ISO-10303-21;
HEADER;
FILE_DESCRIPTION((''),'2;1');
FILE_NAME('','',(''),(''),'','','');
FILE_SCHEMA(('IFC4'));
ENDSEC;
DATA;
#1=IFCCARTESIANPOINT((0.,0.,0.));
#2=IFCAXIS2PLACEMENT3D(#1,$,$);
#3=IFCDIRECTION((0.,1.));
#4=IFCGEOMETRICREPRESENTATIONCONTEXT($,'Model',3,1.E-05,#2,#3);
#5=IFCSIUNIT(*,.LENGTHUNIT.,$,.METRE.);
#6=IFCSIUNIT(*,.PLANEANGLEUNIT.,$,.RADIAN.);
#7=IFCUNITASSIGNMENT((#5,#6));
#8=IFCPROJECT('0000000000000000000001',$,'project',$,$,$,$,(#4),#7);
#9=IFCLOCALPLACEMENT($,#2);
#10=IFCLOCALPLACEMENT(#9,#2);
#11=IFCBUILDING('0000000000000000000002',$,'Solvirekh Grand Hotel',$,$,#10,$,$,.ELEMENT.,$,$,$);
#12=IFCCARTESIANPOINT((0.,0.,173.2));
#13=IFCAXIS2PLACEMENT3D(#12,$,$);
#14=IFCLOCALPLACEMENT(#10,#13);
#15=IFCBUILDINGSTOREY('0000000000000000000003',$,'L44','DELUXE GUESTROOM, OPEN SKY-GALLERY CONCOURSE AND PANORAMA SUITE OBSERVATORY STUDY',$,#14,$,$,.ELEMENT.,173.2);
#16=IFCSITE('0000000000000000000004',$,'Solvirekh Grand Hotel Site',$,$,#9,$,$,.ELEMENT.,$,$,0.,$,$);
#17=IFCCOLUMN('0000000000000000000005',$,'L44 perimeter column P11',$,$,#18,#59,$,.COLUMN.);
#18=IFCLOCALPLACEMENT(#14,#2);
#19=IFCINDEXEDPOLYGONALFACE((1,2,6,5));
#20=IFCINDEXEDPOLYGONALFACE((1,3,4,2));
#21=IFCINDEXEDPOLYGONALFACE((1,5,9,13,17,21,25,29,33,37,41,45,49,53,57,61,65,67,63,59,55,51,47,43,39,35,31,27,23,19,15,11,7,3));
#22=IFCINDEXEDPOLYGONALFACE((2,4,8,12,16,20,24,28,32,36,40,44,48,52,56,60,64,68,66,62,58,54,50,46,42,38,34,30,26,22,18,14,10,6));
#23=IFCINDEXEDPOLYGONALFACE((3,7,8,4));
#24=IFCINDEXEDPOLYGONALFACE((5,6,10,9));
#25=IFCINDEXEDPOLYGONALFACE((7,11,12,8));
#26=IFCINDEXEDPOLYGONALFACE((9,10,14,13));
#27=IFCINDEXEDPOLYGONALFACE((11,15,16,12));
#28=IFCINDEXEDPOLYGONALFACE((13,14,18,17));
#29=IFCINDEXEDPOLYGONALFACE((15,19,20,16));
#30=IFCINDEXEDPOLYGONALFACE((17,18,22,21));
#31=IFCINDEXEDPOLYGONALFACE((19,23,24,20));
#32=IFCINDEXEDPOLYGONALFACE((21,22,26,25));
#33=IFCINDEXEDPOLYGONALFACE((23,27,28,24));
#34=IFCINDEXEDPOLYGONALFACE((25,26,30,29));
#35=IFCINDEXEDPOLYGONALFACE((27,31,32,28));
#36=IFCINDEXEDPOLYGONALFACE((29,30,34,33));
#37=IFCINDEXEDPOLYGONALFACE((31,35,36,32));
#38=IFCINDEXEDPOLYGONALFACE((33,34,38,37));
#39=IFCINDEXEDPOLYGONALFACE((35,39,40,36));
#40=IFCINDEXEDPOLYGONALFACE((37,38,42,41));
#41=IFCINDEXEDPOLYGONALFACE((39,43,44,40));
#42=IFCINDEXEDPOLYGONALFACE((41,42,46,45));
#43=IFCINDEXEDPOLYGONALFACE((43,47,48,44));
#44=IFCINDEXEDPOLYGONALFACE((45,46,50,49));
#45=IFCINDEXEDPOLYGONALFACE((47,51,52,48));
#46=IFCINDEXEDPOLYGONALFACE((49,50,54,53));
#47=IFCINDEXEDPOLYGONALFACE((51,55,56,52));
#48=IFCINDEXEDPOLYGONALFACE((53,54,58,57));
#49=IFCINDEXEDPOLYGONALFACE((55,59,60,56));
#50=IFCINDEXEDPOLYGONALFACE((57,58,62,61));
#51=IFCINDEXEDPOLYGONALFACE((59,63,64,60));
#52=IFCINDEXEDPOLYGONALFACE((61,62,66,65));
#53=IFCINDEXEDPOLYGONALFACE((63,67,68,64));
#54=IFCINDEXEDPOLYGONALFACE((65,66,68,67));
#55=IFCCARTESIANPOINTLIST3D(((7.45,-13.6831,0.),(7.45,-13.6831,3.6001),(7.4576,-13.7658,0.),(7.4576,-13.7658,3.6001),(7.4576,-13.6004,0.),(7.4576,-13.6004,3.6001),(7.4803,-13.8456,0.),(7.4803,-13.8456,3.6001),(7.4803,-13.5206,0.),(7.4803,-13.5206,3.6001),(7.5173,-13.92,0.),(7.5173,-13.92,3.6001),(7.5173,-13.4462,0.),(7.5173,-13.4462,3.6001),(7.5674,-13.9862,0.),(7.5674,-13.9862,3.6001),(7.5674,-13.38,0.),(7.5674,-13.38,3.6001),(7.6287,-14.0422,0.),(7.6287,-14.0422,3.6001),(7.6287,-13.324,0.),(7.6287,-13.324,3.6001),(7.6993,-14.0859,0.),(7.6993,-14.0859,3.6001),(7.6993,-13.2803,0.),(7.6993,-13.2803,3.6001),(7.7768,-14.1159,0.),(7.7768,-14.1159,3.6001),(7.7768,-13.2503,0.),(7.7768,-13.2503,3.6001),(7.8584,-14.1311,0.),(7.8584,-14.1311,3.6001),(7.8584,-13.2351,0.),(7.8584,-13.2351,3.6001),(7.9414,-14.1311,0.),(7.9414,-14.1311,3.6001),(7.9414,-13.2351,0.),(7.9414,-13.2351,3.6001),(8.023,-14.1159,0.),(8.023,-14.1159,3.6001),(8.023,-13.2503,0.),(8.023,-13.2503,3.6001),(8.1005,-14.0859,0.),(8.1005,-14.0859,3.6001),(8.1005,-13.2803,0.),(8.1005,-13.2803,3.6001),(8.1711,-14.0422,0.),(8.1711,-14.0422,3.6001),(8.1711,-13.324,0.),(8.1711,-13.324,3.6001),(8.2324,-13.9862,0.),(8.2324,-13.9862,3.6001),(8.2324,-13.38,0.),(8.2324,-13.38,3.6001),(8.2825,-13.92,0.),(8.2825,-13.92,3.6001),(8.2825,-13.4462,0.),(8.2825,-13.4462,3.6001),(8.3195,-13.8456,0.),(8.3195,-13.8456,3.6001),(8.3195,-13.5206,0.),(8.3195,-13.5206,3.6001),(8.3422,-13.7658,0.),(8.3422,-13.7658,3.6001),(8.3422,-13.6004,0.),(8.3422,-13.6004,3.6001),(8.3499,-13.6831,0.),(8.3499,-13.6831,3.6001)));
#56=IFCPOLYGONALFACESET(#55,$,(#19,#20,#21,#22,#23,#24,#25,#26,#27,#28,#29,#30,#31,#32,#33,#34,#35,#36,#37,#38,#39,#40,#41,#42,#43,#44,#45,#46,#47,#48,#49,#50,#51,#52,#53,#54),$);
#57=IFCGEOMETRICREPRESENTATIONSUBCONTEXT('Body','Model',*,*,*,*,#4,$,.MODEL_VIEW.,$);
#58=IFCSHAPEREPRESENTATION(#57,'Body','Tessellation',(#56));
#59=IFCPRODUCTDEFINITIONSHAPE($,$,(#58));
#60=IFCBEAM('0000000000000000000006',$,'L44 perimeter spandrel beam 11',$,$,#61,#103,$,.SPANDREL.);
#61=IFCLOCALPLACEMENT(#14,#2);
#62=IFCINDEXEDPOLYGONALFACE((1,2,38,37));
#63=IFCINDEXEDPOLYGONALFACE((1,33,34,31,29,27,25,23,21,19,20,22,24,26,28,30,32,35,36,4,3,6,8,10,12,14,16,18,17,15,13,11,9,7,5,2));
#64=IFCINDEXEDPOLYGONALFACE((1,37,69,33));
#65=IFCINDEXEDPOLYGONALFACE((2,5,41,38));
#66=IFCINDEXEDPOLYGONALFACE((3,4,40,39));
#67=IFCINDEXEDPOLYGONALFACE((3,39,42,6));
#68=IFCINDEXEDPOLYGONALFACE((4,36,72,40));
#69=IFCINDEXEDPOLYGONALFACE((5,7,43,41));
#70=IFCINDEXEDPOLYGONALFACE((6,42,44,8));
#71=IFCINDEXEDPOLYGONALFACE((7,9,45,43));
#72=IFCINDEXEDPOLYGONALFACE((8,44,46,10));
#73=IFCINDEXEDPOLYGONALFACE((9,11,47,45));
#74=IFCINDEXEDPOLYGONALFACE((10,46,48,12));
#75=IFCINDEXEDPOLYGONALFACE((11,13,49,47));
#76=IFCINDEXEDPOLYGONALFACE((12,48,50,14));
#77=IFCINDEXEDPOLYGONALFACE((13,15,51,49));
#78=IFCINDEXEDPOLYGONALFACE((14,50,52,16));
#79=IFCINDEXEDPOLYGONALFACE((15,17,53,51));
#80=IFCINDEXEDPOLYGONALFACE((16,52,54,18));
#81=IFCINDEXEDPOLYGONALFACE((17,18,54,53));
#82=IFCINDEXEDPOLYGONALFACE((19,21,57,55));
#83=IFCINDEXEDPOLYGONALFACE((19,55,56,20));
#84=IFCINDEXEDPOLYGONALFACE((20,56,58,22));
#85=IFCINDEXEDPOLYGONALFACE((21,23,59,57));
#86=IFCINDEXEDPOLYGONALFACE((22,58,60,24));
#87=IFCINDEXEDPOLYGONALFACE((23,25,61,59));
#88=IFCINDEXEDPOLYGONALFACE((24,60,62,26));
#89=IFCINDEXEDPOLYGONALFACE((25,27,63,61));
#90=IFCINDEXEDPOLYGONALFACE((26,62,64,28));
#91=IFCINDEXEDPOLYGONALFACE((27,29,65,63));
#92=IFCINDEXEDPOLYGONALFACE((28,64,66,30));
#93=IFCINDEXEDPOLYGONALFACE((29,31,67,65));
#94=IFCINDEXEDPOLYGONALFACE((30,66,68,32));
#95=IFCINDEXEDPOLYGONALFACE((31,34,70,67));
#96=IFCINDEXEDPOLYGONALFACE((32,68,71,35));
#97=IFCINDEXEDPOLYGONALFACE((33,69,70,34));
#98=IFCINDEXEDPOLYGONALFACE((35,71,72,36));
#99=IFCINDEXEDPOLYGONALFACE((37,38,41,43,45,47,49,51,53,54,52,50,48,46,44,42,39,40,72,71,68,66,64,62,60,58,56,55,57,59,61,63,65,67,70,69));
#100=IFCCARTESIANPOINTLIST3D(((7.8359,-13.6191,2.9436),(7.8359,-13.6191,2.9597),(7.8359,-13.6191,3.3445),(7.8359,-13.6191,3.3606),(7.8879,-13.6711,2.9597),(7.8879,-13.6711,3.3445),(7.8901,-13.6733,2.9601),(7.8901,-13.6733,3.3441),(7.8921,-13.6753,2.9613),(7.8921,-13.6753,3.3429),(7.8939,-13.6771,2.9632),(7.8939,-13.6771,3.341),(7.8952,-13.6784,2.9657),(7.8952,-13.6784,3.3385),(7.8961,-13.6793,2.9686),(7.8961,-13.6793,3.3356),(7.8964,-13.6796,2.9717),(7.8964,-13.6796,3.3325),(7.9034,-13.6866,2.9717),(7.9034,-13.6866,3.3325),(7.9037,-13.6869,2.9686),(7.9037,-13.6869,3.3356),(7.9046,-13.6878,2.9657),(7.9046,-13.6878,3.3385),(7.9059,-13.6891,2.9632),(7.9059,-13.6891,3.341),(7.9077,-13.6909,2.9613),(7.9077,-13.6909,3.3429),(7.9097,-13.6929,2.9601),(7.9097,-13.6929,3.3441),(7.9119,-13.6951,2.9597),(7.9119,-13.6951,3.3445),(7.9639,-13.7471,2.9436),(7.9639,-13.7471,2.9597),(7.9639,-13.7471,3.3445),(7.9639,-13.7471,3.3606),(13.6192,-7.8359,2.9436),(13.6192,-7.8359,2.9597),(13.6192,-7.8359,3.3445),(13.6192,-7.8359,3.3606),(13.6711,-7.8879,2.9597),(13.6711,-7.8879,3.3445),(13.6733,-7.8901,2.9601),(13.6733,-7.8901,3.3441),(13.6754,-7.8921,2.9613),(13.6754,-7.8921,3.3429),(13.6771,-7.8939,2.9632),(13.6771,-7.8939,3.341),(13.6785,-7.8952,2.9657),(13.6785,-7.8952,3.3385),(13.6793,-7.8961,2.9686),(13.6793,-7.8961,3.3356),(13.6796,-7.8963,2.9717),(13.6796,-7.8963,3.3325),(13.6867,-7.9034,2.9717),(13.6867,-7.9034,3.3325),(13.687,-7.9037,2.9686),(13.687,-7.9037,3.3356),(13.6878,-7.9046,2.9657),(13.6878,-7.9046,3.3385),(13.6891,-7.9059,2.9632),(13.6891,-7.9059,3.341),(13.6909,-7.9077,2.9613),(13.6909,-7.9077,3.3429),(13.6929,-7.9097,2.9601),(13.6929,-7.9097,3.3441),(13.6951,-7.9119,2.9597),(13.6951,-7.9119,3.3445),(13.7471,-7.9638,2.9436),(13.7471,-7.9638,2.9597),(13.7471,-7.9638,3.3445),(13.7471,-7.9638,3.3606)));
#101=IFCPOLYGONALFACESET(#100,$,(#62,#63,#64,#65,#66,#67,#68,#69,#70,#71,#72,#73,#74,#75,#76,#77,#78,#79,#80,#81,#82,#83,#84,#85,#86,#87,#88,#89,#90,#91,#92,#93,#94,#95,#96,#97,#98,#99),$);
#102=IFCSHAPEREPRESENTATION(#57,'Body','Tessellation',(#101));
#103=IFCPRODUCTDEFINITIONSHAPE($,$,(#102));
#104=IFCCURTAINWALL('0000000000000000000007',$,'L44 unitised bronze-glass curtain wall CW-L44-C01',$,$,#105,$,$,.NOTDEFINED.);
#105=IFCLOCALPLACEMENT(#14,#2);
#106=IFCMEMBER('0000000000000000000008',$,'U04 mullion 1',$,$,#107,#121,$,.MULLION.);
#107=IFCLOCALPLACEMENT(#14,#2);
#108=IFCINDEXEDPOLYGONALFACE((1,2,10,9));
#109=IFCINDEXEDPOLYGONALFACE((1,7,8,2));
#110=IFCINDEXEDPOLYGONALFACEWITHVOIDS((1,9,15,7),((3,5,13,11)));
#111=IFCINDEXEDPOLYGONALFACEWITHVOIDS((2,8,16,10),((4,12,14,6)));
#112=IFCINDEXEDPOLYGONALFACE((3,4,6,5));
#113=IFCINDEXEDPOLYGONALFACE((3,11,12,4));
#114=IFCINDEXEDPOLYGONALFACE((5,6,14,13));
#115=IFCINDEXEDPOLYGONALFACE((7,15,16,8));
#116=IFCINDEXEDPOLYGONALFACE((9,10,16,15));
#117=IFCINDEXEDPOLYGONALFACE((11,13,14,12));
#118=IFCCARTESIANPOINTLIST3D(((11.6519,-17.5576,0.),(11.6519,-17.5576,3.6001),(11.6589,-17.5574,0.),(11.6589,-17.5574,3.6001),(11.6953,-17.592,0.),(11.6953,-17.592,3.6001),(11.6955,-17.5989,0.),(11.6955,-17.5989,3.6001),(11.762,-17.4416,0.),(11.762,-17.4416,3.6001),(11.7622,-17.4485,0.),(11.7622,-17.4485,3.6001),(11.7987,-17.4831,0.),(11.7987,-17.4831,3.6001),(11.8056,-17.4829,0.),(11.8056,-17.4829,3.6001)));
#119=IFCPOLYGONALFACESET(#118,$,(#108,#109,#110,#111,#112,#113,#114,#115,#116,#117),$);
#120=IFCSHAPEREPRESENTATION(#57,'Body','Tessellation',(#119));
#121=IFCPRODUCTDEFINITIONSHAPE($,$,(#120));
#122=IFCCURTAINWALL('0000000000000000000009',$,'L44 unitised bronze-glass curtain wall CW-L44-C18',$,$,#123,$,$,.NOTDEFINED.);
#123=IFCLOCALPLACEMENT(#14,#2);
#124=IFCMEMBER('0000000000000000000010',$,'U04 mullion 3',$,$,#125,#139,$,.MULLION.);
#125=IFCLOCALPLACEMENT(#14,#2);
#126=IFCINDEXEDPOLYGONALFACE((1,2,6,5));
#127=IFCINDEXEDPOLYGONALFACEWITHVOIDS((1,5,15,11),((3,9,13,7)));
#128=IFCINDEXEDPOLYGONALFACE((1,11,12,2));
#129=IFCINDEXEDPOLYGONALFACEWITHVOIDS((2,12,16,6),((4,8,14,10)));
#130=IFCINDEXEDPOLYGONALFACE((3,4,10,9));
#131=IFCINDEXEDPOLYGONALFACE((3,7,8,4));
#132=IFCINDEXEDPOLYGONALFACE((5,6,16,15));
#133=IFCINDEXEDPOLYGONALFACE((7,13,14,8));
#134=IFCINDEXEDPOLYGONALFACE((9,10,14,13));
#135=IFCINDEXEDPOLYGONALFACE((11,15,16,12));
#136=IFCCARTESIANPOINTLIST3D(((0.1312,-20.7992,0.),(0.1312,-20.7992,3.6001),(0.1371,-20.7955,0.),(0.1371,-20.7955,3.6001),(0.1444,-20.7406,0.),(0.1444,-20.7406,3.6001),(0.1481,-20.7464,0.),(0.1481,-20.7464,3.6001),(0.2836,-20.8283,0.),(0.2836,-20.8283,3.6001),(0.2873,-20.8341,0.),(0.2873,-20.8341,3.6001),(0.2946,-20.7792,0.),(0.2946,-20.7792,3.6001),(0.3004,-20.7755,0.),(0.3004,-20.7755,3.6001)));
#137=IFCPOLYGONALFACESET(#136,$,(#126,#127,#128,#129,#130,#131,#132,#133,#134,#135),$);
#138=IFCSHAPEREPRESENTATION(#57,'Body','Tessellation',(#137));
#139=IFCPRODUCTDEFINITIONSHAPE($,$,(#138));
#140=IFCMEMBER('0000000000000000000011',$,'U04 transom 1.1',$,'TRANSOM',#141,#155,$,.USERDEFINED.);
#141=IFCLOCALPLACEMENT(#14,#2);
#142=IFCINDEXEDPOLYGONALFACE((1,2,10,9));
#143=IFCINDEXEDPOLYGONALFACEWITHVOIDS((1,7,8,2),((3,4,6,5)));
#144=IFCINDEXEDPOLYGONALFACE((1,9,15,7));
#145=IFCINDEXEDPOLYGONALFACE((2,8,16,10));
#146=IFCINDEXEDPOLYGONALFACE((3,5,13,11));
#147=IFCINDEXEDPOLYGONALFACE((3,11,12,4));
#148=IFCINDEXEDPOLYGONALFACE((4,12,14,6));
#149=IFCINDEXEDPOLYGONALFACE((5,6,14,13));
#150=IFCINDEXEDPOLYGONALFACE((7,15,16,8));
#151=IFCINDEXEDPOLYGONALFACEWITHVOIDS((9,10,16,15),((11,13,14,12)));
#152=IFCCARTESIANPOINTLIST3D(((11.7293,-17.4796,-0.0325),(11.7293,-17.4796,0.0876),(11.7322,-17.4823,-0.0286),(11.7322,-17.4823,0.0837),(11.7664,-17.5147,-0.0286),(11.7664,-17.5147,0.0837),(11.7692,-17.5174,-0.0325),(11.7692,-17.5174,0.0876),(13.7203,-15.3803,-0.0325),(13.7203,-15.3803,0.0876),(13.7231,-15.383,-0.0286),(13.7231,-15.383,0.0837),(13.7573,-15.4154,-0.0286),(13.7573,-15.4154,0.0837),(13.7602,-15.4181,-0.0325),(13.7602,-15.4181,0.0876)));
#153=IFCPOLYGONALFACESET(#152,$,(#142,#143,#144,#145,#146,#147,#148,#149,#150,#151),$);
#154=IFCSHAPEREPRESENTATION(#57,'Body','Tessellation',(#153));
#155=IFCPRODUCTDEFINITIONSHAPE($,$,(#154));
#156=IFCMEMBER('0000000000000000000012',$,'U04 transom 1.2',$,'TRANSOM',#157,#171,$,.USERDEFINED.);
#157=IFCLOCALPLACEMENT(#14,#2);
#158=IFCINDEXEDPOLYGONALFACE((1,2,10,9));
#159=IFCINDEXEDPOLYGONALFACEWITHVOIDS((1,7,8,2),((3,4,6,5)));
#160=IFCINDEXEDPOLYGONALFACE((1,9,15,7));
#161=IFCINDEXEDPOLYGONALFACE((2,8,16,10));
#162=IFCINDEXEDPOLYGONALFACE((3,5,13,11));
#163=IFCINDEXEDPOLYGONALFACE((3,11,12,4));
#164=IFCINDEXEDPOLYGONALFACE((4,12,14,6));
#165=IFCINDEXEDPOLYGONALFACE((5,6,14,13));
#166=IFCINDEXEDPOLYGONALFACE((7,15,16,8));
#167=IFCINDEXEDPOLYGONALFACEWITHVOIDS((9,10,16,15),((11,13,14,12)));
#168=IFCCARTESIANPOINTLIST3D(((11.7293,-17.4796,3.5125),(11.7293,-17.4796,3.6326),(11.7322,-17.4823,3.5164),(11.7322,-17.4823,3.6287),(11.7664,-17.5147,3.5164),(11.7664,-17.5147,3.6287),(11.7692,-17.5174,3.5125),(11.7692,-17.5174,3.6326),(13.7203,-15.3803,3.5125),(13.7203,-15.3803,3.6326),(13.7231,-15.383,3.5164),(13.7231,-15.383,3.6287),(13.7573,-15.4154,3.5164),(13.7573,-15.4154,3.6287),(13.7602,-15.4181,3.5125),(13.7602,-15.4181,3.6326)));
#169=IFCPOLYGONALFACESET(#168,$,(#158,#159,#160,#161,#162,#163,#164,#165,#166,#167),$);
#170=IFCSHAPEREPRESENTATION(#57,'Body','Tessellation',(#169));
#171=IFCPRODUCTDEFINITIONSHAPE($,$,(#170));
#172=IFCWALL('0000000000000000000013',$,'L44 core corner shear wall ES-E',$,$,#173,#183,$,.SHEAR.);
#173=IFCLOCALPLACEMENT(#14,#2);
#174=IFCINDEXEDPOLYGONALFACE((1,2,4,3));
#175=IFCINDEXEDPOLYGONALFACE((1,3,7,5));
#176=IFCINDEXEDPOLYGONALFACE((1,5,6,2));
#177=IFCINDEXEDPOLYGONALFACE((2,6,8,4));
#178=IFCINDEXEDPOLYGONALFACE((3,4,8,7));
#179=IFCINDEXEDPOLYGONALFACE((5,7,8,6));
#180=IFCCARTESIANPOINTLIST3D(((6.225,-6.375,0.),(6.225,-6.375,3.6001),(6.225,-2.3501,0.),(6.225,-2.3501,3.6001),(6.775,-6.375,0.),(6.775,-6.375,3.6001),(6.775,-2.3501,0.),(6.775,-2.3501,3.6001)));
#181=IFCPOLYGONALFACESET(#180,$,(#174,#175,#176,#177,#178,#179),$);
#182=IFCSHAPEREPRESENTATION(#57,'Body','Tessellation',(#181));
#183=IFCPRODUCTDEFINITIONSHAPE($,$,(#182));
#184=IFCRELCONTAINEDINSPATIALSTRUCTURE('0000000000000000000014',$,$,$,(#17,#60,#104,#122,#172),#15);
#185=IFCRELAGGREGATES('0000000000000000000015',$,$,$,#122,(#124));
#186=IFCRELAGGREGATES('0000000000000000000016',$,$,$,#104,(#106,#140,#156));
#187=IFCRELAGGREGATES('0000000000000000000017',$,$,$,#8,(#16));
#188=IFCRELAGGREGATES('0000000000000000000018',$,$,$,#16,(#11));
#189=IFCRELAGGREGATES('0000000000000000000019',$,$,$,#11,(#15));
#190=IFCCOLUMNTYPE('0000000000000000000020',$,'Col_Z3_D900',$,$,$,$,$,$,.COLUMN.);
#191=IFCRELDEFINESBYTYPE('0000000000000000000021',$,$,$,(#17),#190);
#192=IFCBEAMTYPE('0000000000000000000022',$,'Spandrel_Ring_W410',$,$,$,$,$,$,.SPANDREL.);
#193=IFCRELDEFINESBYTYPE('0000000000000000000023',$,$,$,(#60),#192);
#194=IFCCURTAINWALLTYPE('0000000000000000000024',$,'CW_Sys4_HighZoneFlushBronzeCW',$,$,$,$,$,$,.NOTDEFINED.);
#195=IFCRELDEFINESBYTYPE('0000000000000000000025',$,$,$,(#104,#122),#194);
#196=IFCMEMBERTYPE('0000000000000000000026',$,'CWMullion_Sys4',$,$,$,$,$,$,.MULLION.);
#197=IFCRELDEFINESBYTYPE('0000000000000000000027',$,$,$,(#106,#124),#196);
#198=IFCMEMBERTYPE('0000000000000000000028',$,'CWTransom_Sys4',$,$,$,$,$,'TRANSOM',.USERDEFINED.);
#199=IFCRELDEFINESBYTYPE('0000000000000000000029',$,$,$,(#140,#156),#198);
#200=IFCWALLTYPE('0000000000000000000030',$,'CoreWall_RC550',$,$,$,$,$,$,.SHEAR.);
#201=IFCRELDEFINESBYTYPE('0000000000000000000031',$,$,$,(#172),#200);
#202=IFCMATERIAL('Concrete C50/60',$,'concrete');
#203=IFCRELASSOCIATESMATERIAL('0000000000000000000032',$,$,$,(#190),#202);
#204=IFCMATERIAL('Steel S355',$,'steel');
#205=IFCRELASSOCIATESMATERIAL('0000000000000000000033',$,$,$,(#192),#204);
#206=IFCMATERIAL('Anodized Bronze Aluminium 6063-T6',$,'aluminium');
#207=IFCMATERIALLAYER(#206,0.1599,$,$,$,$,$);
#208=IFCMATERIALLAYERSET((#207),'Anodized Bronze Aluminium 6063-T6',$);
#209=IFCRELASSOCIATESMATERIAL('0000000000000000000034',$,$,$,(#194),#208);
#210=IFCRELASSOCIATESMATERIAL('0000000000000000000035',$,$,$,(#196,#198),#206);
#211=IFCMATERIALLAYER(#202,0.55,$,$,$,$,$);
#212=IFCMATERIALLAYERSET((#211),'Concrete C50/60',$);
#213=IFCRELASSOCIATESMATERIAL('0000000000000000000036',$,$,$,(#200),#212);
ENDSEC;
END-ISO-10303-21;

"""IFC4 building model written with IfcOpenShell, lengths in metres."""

from ifc_helpers import new_model, si_unit, direction, frame, frame_2d, origin, origin_2d, place, context, subcontext, project, spatial, rectangle, hollow_rectangle, circle, i_section, extrude, source, transform, mapped, material, layer, layer_set, material_profile, profile_set, type_object, element, aggregate, save


model = new_model("IFC4")

# Units and contexts
model_context = context("Model", 3, precision=1e-05, world=origin(), true_north=direction((0.0, 1.0)))
body_context = subcontext(model_context, "Body", "Model", "MODEL_VIEW")
ifc_project = project(units=[si_unit("LENGTHUNIT", "METRE"), si_unit("PLANEANGLEUNIT", "RADIAN")], contexts=[model_context])

# Site, building, storey
site_placement = place(None, origin())
site = spatial("IfcSite", under=ifc_project, at=site_placement, Name="Solvirekh Grand Hotel Site", CompositionType="ELEMENT", RefElevation=0.0)
building_placement = place(site_placement, origin())
building = spatial("IfcBuilding", under=site, at=building_placement, Name="Solvirekh Grand Hotel", CompositionType="ELEMENT")
storey_placement = place(building_placement, frame((0.0, 0.0, 173.2)))
storey = spatial("IfcBuildingStorey", under=building, at=storey_placement, Name="L44", Description="DELUXE GUESTROOM, OPEN SKY-GALLERY CONCOURSE AND PANORAMA SUITE OBSERVATORY STUDY", CompositionType="ELEMENT", Elevation=173.2)

# Column
ifc_material_1 = material(Name="Concrete C50/60", Category="concrete")
ifc_material_profile_1 = material_profile(ifc_material_1, circle(Radius=0.45, at=origin_2d()), Name="RC CIRC D900")
ifc_profile_set_1 = profile_set([ifc_material_profile_1], Name="Concrete C50/60")
column_type = type_object("IfcColumnType", Name="Col_Z3_D900", PredefinedType="COLUMN", material=ifc_profile_set_1)
column_placement = place(storey_placement, frame((7.8999, -13.6831, 0.0), z_axis=(0.0, 0.0, 1.0), x_axis=(1.0, 0.0, 0.0)))
element("IfcColumn", 1, at=column_placement, inside=storey, type_object=column_type, Name="L44 perimeter column P11", PredefinedType="COLUMN", context=body_context, shape_type="SweptSolid", body=[
    extrude(circle(Radius=0.45, at=origin_2d()), origin(), (0.0, 0.0, 1.0), 3.6001),
])

# Beam
ifc_material_2 = material(Name="Steel S355", Category="steel")
ifc_material_profile_2 = material_profile(ifc_material_2, i_section(OverallWidth=0.1809, OverallDepth=0.417, WebThickness=0.01, FlangeThickness=0.0161, FilletRadius=0.012, at=origin_2d()), Name="W410X85")
ifc_profile_set_2 = profile_set([ifc_material_profile_2], Name="Steel S355")
beam_type = type_object("IfcBeamType", Name="Spandrel_Ring_W410", PredefinedType="SPANDREL", material=ifc_profile_set_2)
beam_placement = place(storey_placement, frame((7.8999, -13.6831, 3.1521), z_axis=(0.707107, 0.707107, 0.0), x_axis=(-0.707107, 0.707107, 0.0)))
element("IfcBeam", 2, at=beam_placement, inside=storey, type_object=beam_type, Name="L44 perimeter spandrel beam 11", PredefinedType="SPANDREL", context=body_context, shape_type="SweptSolid", body=[
    extrude(i_section(OverallWidth=0.1809, OverallDepth=0.417, WebThickness=0.01, FlangeThickness=0.0161, FilletRadius=0.012, at=origin_2d()), origin(), (0.0, 0.0, 1.0), 8.1787),
])

# Curtain walls, members
ifc_material_3 = material(Name="Anodized Bronze Aluminium 6063-T6", Category="aluminium")
ifc_layer_1 = layer(ifc_material_3, 0.1599)
ifc_layer_set_1 = layer_set([ifc_layer_1], Name="Anodized Bronze Aluminium 6063-T6")
curtain_wall_type = type_object("IfcCurtainWallType", Name="CW_Sys4_HighZoneFlushBronzeCW", PredefinedType="NOTDEFINED", material=ifc_layer_set_1)
curtain_wall_1_placement = place(storey_placement, origin())
curtain_wall_1 = element("IfcCurtainWall", 3, at=curtain_wall_1_placement, inside=storey, type_object=curtain_wall_type, Name="L44 unitised bronze-glass curtain wall CW-L44-C01", PredefinedType="NOTDEFINED")
ifc_material_profile_3 = material_profile(ifc_material_3, hollow_rectangle(XDim=0.0601, YDim=0.1599, WallThickness=0.0049, at=origin_2d()), Name="ALU RHS 160X60X5")
ifc_profile_set_3 = profile_set([ifc_material_profile_3], Name="Anodized Bronze Aluminium 6063-T6")
member_type_1 = type_object("IfcMemberType", Name="CWMullion_Sys4", PredefinedType="MULLION", material=ifc_profile_set_3)
shared_shape_1 = source(origin(), body_context, "Body", "SweptSolid", [
    extrude(hollow_rectangle(XDim=0.0601, YDim=0.1599, WallThickness=0.0049, at=origin_2d()), origin(), (0.0, 0.0, 1.0), 3.6001),
])
member_1_placement = place(storey_placement, frame((11.7288, -17.5203, 0.0), z_axis=(0.0, 0.0, 1.0), x_axis=(-0.725547, 0.688172, 0.0)))
member_1 = element("IfcMember", 4, at=member_1_placement, type_object=member_type_1, Name="U04 mullion 1", PredefinedType="MULLION", context=body_context, shape_type="MappedRepresentation", body=[
    mapped(shared_shape_1, transform((0.0, 0.0, 0.0), x_axis=(1.0, 0.0, 0.0), y_axis=(0.0, 1.0, 0.0), z_axis=(0.0, 0.0, 1.0), scale=1.0)),
])
curtain_wall_2_placement = place(storey_placement, origin())
curtain_wall_2 = element("IfcCurtainWall", 5, at=curtain_wall_2_placement, inside=storey, type_object=curtain_wall_type, Name="L44 unitised bronze-glass curtain wall CW-L44-C18", PredefinedType="NOTDEFINED")
member_2_placement = place(storey_placement, frame((0.2158, -20.7874, 0.0), z_axis=(0.0, 0.0, 1.0), x_axis=(0.218488, 0.97584, 0.0)))
member_2 = element("IfcMember", 6, at=member_2_placement, type_object=member_type_1, Name="U04 mullion 3", PredefinedType="MULLION", context=body_context, shape_type="MappedRepresentation", body=[
    mapped(shared_shape_1, transform((0.0, 0.0, 0.0), x_axis=(1.0, 0.0, 0.0), y_axis=(0.0, 1.0, 0.0), z_axis=(0.0, 0.0, 1.0), scale=1.0)),
])
aggregate(curtain_wall_2, [member_2])

# Members
ifc_material_profile_4 = material_profile(ifc_material_3, hollow_rectangle(XDim=0.0549, YDim=0.1201, WallThickness=0.0039, at=origin_2d()), Name="ALU RHS 120X55X4")
ifc_profile_set_4 = profile_set([ifc_material_profile_4], Name="Anodized Bronze Aluminium 6063-T6")
member_type_2 = type_object("IfcMemberType", Name="CWTransom_Sys4", ElementType="TRANSOM", PredefinedType="USERDEFINED", material=ifc_profile_set_4)
shared_shape_2 = source(origin(), body_context, "Body", "SweptSolid", [
    extrude(hollow_rectangle(XDim=0.0549, YDim=0.1201, WallThickness=0.0039, at=origin_2d()), origin(), (0.0, 0.0, 1.0), 2.8933),
])
member_3_placement = place(storey_placement, frame((11.7493, -17.4985, 0.0276), z_axis=(0.688126, 0.725591, 0.0), x_axis=(-0.725591, 0.688126, 0.0)))
member_3 = element("IfcMember", 7, at=member_3_placement, type_object=member_type_2, Name="U04 transom 1.1", ObjectType="TRANSOM", PredefinedType="USERDEFINED", context=body_context, shape_type="MappedRepresentation", body=[
    mapped(shared_shape_2, transform((0.0, 0.0, 0.0), x_axis=(1.0, 0.0, 0.0), y_axis=(0.0, 1.0, 0.0), z_axis=(0.0, 0.0, 1.0), scale=1.0)),
])
member_4_placement = place(storey_placement, frame((11.7493, -17.4985, 3.5725), z_axis=(0.688126, 0.725591, 0.0), x_axis=(-0.725591, 0.688126, 0.0)))
member_4 = element("IfcMember", 8, at=member_4_placement, type_object=member_type_2, Name="U04 transom 1.2", ObjectType="TRANSOM", PredefinedType="USERDEFINED", context=body_context, shape_type="MappedRepresentation", body=[
    mapped(shared_shape_2, transform((0.0, 0.0, 0.0), x_axis=(1.0, 0.0, 0.0), y_axis=(0.0, 1.0, 0.0), z_axis=(0.0, 0.0, 1.0), scale=1.0)),
])
aggregate(curtain_wall_1, [member_1, member_3, member_4])

# Wall
ifc_layer_2 = layer(ifc_material_1, 0.55)
ifc_layer_set_2 = layer_set([ifc_layer_2], Name="Concrete C50/60")
wall_type_1 = type_object("IfcWallType", Name="CoreWall_RC550", PredefinedType="SHEAR", material=ifc_layer_set_2)
wall_1_placement = place(storey_placement, frame((6.5, -6.375, 0.0), z_axis=(0.0, 0.0, 1.0), x_axis=(0.0, 1.0, 0.0)))
element("IfcWall", 9, at=wall_1_placement, inside=storey, type_object=wall_type_1, Name="L44 core corner shear wall ES-E", PredefinedType="SHEAR", context=body_context, shape_type="SweptSolid", body=[
    extrude(rectangle(XDim=4.0249, YDim=0.55, at=frame_2d((2.0125, 0.0))), origin(), (0.0, 0.0, 1.0), 3.6001),
])

save(model, "model.ifc")
